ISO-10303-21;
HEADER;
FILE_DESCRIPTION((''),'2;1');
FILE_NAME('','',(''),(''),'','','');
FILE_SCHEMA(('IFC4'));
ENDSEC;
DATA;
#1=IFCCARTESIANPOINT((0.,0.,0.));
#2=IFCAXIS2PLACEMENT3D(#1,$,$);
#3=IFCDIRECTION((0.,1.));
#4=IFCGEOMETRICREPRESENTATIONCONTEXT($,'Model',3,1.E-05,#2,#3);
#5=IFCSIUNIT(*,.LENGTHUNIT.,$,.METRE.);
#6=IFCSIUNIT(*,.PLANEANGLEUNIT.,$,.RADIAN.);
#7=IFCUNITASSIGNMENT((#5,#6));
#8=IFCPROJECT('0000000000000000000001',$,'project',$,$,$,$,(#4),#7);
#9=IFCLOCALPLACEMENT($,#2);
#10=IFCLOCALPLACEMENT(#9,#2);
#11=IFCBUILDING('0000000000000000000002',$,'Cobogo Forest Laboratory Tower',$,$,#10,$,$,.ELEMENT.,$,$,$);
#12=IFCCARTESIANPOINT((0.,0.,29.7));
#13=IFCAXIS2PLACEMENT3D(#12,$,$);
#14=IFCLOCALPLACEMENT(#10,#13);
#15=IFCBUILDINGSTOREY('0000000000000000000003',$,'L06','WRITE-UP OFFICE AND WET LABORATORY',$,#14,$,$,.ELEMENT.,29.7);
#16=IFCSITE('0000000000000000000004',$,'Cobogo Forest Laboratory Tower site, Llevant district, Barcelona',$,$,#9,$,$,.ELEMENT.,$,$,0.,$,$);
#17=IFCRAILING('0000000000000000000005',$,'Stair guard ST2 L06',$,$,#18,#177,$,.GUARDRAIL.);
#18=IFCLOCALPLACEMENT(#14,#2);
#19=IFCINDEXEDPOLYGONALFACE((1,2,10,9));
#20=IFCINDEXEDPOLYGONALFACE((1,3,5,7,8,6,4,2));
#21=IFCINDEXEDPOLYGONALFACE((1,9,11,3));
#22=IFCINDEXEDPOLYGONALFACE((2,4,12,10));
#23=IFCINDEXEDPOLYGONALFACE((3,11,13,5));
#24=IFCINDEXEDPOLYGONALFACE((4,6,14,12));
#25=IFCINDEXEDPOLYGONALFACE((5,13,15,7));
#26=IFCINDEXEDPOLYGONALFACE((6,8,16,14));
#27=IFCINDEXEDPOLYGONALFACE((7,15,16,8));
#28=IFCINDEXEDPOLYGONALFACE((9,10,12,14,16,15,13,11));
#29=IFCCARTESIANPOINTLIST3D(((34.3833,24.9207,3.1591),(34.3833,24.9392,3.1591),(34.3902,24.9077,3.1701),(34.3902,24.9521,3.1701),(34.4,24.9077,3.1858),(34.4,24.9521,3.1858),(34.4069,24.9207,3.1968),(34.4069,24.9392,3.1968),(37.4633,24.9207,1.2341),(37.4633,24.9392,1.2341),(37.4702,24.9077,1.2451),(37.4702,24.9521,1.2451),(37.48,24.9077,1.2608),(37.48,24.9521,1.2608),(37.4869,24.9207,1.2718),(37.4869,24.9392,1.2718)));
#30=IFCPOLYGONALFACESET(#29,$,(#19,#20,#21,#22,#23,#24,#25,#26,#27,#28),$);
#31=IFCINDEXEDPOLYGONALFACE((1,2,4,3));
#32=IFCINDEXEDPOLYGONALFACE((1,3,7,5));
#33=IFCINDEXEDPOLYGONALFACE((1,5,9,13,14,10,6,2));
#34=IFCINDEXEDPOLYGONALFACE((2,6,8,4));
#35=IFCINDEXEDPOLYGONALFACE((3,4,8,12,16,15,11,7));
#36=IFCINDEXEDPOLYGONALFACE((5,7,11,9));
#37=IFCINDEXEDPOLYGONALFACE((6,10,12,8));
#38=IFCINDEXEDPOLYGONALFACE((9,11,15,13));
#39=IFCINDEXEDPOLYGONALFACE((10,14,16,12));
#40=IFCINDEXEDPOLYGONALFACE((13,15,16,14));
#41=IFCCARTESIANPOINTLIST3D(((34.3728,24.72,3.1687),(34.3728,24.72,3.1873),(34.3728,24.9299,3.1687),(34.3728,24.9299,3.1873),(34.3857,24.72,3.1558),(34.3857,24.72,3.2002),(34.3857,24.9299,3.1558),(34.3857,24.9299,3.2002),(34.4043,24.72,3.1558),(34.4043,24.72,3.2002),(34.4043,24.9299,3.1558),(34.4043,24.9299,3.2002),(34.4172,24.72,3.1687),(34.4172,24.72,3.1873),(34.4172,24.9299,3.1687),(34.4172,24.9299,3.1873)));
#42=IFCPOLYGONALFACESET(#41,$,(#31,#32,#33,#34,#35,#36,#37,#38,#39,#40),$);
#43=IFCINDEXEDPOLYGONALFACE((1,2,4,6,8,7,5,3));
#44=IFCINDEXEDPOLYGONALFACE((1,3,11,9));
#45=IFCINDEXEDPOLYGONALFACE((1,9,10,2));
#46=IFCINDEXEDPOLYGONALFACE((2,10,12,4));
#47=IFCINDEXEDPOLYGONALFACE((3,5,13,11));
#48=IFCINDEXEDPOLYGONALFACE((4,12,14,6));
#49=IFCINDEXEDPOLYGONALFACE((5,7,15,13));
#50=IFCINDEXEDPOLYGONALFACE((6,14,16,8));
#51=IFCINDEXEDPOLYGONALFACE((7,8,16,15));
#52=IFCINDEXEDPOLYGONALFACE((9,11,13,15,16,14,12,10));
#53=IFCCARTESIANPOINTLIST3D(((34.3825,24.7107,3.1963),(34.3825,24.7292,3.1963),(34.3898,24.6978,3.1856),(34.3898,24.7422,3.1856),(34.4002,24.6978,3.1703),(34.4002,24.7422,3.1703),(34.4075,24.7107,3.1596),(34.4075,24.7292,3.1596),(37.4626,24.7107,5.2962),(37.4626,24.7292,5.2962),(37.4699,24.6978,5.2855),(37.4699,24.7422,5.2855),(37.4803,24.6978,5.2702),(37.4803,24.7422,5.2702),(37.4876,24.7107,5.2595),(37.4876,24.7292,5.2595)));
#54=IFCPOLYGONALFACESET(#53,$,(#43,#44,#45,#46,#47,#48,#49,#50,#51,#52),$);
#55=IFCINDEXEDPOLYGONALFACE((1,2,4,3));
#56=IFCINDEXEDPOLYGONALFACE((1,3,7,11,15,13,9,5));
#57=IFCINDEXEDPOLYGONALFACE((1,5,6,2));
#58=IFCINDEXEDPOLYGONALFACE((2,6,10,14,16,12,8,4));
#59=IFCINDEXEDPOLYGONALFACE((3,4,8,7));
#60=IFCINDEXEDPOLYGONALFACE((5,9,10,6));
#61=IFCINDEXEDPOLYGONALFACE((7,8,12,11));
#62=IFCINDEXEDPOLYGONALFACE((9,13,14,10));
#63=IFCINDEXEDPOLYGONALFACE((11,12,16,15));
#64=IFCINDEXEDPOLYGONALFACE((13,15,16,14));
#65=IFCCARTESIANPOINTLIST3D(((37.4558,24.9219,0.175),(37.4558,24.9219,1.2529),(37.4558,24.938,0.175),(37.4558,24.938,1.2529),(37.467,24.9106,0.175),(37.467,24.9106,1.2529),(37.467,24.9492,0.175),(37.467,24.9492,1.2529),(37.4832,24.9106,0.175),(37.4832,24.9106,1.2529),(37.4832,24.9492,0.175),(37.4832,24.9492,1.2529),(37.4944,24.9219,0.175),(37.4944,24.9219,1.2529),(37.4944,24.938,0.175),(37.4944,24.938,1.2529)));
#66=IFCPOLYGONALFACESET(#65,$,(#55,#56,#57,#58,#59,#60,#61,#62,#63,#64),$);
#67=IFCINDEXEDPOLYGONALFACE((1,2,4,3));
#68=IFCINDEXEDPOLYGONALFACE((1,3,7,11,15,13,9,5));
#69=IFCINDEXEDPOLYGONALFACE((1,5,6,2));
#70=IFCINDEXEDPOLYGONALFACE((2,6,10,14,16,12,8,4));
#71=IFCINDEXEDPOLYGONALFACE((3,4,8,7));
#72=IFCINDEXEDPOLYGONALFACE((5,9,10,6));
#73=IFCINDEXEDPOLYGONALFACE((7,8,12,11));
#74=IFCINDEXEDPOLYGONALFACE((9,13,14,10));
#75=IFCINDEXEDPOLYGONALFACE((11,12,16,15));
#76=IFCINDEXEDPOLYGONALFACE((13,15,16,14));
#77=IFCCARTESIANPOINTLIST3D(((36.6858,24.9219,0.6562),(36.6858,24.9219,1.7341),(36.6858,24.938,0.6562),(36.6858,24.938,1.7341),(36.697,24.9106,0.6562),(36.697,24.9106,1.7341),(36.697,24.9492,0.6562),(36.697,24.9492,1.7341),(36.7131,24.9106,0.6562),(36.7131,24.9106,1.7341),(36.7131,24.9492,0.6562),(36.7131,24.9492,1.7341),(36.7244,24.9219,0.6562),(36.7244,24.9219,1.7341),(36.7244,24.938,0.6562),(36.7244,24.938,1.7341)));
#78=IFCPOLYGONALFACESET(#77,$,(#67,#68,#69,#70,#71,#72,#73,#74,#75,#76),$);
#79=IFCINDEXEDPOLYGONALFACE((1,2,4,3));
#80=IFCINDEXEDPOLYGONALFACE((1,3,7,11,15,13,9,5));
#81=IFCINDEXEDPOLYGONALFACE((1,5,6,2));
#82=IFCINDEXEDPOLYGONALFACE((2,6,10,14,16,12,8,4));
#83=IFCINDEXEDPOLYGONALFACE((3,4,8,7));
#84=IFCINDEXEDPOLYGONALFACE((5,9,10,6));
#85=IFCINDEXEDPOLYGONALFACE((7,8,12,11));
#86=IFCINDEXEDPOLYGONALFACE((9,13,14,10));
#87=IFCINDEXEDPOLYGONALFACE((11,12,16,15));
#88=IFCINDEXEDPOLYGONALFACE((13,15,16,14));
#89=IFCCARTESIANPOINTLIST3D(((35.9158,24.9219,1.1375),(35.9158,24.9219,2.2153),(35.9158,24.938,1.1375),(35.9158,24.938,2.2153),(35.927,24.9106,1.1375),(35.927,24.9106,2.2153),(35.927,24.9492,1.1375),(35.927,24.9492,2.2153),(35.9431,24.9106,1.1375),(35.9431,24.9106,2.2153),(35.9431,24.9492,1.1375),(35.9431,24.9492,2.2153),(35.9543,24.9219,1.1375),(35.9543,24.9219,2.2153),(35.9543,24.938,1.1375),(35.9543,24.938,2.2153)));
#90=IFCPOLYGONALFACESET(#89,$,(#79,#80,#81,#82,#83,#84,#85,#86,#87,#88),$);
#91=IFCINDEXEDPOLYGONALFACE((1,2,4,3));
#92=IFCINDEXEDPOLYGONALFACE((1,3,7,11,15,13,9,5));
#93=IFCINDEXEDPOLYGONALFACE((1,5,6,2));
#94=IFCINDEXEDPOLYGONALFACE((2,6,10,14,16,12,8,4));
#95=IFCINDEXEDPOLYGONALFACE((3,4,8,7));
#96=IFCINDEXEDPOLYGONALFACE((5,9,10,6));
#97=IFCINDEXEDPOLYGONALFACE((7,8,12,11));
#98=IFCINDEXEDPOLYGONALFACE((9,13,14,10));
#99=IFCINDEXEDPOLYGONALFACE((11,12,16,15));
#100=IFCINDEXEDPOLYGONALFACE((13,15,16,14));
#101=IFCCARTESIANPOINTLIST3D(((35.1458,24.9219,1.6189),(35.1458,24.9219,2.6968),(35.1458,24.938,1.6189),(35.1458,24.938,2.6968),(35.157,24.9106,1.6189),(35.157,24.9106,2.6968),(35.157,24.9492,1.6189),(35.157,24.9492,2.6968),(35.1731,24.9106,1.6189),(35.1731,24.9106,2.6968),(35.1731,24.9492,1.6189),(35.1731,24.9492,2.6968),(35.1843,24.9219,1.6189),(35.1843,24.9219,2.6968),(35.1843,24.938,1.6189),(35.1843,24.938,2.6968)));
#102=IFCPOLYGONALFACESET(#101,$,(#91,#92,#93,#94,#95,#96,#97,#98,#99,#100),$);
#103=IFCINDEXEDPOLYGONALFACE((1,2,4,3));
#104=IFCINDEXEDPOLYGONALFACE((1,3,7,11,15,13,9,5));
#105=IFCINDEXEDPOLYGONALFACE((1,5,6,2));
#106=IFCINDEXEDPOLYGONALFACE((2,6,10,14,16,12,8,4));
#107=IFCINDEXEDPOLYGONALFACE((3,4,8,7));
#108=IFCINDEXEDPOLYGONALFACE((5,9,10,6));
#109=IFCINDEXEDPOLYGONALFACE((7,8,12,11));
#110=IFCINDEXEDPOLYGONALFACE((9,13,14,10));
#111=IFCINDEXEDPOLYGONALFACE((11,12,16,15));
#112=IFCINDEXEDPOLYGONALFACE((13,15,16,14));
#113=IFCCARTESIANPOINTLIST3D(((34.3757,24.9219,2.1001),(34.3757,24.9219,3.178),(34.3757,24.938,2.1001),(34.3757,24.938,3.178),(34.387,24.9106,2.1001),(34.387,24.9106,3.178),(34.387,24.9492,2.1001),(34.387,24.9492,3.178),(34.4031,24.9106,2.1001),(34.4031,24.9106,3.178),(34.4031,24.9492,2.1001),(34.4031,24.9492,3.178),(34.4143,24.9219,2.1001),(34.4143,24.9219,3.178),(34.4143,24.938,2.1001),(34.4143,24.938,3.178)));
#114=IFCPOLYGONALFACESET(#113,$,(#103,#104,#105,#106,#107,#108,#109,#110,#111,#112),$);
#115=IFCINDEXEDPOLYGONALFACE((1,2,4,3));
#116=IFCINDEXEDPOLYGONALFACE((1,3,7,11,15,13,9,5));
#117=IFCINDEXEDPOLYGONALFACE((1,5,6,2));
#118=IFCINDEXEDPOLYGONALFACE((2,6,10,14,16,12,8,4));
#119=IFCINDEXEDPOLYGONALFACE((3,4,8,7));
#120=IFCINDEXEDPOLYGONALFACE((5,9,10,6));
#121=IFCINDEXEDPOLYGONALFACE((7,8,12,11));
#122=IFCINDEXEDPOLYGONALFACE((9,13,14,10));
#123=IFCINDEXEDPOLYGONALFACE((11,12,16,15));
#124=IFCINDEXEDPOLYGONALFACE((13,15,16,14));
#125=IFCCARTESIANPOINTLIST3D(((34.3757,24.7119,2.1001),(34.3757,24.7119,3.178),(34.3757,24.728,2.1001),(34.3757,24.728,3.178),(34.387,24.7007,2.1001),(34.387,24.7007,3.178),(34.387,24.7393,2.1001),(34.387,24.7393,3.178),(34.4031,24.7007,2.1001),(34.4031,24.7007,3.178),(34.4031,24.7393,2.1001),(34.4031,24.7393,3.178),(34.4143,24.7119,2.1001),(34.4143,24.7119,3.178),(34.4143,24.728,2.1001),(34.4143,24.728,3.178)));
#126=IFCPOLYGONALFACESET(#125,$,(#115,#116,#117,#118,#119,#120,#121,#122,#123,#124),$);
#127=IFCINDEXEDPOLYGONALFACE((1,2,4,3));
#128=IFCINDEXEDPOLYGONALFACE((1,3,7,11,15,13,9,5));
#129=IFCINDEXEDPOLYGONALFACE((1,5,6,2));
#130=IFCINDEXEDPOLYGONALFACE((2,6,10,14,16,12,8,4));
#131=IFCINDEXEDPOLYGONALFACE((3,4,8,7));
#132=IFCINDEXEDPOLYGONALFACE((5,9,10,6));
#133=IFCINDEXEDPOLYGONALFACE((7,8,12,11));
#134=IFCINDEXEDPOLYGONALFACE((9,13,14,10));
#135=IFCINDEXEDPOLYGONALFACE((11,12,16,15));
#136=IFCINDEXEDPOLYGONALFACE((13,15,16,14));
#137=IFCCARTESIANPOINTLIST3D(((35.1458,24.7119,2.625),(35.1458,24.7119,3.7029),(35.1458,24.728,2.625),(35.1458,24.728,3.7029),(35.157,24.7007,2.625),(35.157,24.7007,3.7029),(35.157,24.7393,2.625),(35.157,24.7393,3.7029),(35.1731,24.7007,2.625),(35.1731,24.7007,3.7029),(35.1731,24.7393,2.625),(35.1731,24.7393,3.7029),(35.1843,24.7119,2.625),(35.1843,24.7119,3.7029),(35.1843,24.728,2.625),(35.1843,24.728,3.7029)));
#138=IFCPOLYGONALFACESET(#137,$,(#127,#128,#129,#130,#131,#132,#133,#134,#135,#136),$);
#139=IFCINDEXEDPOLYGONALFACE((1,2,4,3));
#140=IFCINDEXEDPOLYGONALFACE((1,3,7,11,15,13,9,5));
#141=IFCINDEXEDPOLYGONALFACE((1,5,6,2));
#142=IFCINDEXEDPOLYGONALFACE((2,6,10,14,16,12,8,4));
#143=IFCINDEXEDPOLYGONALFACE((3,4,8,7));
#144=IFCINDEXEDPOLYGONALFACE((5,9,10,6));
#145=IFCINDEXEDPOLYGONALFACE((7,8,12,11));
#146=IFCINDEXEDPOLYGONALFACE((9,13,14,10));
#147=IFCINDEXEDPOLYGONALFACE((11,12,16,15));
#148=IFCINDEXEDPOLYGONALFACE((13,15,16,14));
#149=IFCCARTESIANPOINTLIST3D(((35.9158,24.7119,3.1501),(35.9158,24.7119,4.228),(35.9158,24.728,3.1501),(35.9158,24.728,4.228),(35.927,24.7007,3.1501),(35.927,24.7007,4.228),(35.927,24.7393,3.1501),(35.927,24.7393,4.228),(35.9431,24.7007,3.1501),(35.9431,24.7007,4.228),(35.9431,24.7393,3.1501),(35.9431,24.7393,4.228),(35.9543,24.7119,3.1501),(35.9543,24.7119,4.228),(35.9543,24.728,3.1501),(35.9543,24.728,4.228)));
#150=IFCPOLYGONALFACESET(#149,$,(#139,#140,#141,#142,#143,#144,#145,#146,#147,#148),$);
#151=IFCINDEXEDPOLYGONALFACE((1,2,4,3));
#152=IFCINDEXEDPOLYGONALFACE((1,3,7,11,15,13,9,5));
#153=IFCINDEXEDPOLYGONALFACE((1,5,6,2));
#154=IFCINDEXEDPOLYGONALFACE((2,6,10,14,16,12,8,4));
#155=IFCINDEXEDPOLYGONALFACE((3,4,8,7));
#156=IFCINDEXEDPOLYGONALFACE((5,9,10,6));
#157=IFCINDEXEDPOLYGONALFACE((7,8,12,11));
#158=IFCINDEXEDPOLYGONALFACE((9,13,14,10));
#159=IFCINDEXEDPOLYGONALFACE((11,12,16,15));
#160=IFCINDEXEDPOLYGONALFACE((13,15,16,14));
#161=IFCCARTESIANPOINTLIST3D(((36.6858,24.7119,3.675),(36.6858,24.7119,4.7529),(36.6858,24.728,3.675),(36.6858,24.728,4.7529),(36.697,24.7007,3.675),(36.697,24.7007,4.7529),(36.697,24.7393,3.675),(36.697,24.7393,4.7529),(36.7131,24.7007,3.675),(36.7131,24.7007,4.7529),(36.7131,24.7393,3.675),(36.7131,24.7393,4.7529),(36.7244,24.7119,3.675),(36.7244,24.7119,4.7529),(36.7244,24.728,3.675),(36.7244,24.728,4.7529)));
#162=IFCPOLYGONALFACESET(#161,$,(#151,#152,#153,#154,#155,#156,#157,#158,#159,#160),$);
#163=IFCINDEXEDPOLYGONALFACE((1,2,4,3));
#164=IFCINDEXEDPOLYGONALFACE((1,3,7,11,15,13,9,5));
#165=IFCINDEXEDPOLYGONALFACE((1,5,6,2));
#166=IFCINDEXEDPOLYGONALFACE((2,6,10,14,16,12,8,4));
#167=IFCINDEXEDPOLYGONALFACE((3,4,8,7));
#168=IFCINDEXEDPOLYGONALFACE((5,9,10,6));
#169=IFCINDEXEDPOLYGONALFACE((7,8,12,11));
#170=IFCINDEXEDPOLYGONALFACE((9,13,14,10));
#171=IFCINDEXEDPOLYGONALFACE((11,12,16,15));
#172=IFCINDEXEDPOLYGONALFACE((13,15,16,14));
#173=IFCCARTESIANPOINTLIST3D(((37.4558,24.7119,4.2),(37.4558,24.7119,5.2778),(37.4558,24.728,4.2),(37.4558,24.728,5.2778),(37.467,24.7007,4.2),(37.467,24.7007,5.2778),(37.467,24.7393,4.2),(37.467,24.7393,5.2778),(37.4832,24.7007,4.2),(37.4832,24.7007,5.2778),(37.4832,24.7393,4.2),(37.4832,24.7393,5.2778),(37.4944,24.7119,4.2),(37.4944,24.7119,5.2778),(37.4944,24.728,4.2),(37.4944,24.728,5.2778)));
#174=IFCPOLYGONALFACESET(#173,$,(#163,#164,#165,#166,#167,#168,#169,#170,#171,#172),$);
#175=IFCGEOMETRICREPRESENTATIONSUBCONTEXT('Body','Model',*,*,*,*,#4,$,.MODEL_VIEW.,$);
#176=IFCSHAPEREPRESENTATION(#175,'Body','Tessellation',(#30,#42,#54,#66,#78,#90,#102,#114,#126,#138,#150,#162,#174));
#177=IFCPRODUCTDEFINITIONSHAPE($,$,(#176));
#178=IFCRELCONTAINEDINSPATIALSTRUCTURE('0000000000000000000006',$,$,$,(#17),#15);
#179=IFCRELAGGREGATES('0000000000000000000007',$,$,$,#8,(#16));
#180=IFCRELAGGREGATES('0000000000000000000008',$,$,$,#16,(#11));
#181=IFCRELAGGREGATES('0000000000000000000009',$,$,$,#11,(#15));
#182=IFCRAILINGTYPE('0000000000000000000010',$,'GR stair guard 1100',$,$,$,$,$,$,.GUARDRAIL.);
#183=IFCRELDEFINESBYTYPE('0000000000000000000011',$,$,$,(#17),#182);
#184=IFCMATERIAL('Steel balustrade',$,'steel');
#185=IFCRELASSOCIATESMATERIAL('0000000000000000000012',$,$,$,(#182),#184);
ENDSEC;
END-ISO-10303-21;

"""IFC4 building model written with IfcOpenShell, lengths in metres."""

from ifc_helpers import new_model, si_unit, direction, frame, origin, place, context, subcontext, project, spatial, polyline, outline, extrude, material, type_object, element, save


model = new_model("IFC4")

# Units and contexts
model_context = context("Model", 3, precision=1e-05, world=origin(), true_north=direction((0.0, 1.0)))
body_context = subcontext(model_context, "Body", "Model", "MODEL_VIEW")
ifc_project = project(units=[si_unit("LENGTHUNIT", "METRE"), si_unit("PLANEANGLEUNIT", "RADIAN")], contexts=[model_context])

# Site, building, storey
site_placement = place(None, origin())
site = spatial("IfcSite", under=ifc_project, at=site_placement, Name="Cobogo Forest Laboratory Tower site, Llevant district, Barcelona", CompositionType="ELEMENT", RefElevation=0.0)
building_placement = place(site_placement, origin())
building = spatial("IfcBuilding", under=site, at=building_placement, Name="Cobogo Forest Laboratory Tower", CompositionType="ELEMENT")
storey_placement = place(building_placement, frame((0.0, 0.0, 29.7)))
storey = spatial("IfcBuildingStorey", under=building, at=storey_placement, Name="L06", Description="WRITE-UP OFFICE AND WET LABORATORY", CompositionType="ELEMENT", Elevation=29.7)

# Railing
ifc_material_1 = material(Name="Steel balustrade", Category="steel")
railing_type = type_object("IfcRailingType", Name="GR stair guard 1100", PredefinedType="GUARDRAIL", material=ifc_material_1)
railing_placement = place(storey_placement, frame((37.4751, 24.9299, 0.175)))
element("IfcRailing", 1, at=railing_placement, inside=storey, type_object=railing_type, Name="Stair guard ST2 L06", PredefinedType="GUARDRAIL", context=body_context, shape_type="SweptSolid", body=[
    extrude(outline(polyline([(0.0222, 0.0093), (0.0093, 0.0222), (-0.0093, 0.0222), (-0.0222, 0.0093), (-0.0222, -0.0093), (-0.0093, -0.0222), (0.0093, -0.0222), (0.0222, -0.0093), (0.0222, 0.0093)])), frame((0.0, 0.0, 1.0779), z_axis=(-0.847998, 0.0, 0.529999), x_axis=(0.0, -1.0, 0.0)), (0.0, 0.0, 1.0), 3.6321),
    extrude(outline(polyline([(0.0222, 0.0093), (0.0093, 0.0222), (-0.0093, 0.0222), (-0.0222, 0.0093), (-0.0222, -0.0093), (-0.0093, -0.0222), (0.0093, -0.0222), (0.0222, -0.0093), (0.0222, 0.0093)])), frame((-3.0801, 0.0, 3.0029), z_axis=(0.0, -1.0, 0.0), x_axis=(1.0, 0.0, 0.0)), (0.0, 0.0, 1.0), 0.21),
    extrude(outline(polyline([(0.0222, 0.0093), (0.0093, 0.0222), (-0.0093, 0.0222), (-0.0222, 0.0093), (-0.0222, -0.0093), (-0.0093, -0.0222), (0.0093, -0.0222), (0.0222, -0.0093), (0.0222, 0.0093)])), frame((-3.0801, -0.21, 3.0029), z_axis=(0.826252, 0.0, 0.5633), x_axis=(0.0, 1.0, 0.0)), (0.0, 0.0, 1.0), 3.7278),
    extrude(outline(polyline([(0.0193, 0.0081), (0.0081, 0.0193), (-0.0081, 0.0193), (-0.0193, 0.0081), (-0.0193, -0.0081), (-0.0081, -0.0193), (0.0081, -0.0193), (0.0193, -0.0081), (0.0193, 0.0081)])), origin(), (0.0, 0.0, 1.0), 1.0779),
    extrude(outline(polyline([(0.0193, 0.0081), (0.0081, 0.0193), (-0.0081, 0.0193), (-0.0193, 0.0081), (-0.0193, -0.0081), (-0.0081, -0.0193), (0.0081, -0.0193), (0.0193, -0.0081), (0.0193, 0.0081)])), frame((-0.77, 0.0, 0.4812)), (0.0, 0.0, 1.0), 1.0779),
    extrude(outline(polyline([(0.0193, 0.0081), (0.0081, 0.0193), (-0.0081, 0.0193), (-0.0193, 0.0081), (-0.0193, -0.0081), (-0.0081, -0.0193), (0.0081, -0.0193), (0.0193, -0.0081), (0.0193, 0.0081)])), frame((-1.54, 0.0, 0.9624)), (0.0, 0.0, 1.0), 1.0779),
    extrude(outline(polyline([(0.0193, 0.0081), (0.0081, 0.0193), (-0.0081, 0.0193), (-0.0193, 0.0081), (-0.0193, -0.0081), (-0.0081, -0.0193), (0.0081, -0.0193), (0.0193, -0.0081), (0.0193, 0.0081)])), frame((-2.3101, 0.0, 1.4438)), (0.0, 0.0, 1.0), 1.0779),
    extrude(outline(polyline([(0.0193, 0.0081), (0.0081, 0.0193), (-0.0081, 0.0193), (-0.0193, 0.0081), (-0.0193, -0.0081), (-0.0081, -0.0193), (0.0081, -0.0193), (0.0193, -0.0081), (0.0193, 0.0081)])), frame((-3.0801, 0.0, 1.925)), (0.0, 0.0, 1.0), 1.0779),
    extrude(outline(polyline([(0.0193, 0.0081), (0.0081, 0.0193), (-0.0081, 0.0193), (-0.0193, 0.0081), (-0.0193, -0.0081), (-0.0081, -0.0193), (0.0081, -0.0193), (0.0193, -0.0081), (0.0193, 0.0081)])), frame((-3.0801, -0.21, 1.925)), (0.0, 0.0, 1.0), 1.0779),
    extrude(outline(polyline([(0.0193, 0.0081), (0.0081, 0.0193), (-0.0081, 0.0193), (-0.0193, 0.0081), (-0.0193, -0.0081), (-0.0081, -0.0193), (0.0081, -0.0193), (0.0193, -0.0081), (0.0193, 0.0081)])), frame((-2.3101, -0.21, 2.45)), (0.0, 0.0, 1.0), 1.0779),
    extrude(outline(polyline([(0.0193, 0.0081), (0.0081, 0.0193), (-0.0081, 0.0193), (-0.0193, 0.0081), (-0.0193, -0.0081), (-0.0081, -0.0193), (0.0081, -0.0193), (0.0193, -0.0081), (0.0193, 0.0081)])), frame((-1.54, -0.21, 2.9751)), (0.0, 0.0, 1.0), 1.0779),
    extrude(outline(polyline([(0.0193, 0.0081), (0.0081, 0.0193), (-0.0081, 0.0193), (-0.0193, 0.0081), (-0.0193, -0.0081), (-0.0081, -0.0193), (0.0081, -0.0193), (0.0193, -0.0081), (0.0193, 0.0081)])), frame((-0.77, -0.21, 3.5)), (0.0, 0.0, 1.0), 1.0779),
    extrude(outline(polyline([(0.0193, 0.0081), (0.0081, 0.0193), (-0.0081, 0.0193), (-0.0193, 0.0081), (-0.0193, -0.0081), (-0.0081, -0.0193), (0.0081, -0.0193), (0.0193, -0.0081), (0.0193, 0.0081)])), frame((0.0, -0.21, 4.0249)), (0.0, 0.0, 1.0), 1.0779),
])

save(model, "model.ifc")
